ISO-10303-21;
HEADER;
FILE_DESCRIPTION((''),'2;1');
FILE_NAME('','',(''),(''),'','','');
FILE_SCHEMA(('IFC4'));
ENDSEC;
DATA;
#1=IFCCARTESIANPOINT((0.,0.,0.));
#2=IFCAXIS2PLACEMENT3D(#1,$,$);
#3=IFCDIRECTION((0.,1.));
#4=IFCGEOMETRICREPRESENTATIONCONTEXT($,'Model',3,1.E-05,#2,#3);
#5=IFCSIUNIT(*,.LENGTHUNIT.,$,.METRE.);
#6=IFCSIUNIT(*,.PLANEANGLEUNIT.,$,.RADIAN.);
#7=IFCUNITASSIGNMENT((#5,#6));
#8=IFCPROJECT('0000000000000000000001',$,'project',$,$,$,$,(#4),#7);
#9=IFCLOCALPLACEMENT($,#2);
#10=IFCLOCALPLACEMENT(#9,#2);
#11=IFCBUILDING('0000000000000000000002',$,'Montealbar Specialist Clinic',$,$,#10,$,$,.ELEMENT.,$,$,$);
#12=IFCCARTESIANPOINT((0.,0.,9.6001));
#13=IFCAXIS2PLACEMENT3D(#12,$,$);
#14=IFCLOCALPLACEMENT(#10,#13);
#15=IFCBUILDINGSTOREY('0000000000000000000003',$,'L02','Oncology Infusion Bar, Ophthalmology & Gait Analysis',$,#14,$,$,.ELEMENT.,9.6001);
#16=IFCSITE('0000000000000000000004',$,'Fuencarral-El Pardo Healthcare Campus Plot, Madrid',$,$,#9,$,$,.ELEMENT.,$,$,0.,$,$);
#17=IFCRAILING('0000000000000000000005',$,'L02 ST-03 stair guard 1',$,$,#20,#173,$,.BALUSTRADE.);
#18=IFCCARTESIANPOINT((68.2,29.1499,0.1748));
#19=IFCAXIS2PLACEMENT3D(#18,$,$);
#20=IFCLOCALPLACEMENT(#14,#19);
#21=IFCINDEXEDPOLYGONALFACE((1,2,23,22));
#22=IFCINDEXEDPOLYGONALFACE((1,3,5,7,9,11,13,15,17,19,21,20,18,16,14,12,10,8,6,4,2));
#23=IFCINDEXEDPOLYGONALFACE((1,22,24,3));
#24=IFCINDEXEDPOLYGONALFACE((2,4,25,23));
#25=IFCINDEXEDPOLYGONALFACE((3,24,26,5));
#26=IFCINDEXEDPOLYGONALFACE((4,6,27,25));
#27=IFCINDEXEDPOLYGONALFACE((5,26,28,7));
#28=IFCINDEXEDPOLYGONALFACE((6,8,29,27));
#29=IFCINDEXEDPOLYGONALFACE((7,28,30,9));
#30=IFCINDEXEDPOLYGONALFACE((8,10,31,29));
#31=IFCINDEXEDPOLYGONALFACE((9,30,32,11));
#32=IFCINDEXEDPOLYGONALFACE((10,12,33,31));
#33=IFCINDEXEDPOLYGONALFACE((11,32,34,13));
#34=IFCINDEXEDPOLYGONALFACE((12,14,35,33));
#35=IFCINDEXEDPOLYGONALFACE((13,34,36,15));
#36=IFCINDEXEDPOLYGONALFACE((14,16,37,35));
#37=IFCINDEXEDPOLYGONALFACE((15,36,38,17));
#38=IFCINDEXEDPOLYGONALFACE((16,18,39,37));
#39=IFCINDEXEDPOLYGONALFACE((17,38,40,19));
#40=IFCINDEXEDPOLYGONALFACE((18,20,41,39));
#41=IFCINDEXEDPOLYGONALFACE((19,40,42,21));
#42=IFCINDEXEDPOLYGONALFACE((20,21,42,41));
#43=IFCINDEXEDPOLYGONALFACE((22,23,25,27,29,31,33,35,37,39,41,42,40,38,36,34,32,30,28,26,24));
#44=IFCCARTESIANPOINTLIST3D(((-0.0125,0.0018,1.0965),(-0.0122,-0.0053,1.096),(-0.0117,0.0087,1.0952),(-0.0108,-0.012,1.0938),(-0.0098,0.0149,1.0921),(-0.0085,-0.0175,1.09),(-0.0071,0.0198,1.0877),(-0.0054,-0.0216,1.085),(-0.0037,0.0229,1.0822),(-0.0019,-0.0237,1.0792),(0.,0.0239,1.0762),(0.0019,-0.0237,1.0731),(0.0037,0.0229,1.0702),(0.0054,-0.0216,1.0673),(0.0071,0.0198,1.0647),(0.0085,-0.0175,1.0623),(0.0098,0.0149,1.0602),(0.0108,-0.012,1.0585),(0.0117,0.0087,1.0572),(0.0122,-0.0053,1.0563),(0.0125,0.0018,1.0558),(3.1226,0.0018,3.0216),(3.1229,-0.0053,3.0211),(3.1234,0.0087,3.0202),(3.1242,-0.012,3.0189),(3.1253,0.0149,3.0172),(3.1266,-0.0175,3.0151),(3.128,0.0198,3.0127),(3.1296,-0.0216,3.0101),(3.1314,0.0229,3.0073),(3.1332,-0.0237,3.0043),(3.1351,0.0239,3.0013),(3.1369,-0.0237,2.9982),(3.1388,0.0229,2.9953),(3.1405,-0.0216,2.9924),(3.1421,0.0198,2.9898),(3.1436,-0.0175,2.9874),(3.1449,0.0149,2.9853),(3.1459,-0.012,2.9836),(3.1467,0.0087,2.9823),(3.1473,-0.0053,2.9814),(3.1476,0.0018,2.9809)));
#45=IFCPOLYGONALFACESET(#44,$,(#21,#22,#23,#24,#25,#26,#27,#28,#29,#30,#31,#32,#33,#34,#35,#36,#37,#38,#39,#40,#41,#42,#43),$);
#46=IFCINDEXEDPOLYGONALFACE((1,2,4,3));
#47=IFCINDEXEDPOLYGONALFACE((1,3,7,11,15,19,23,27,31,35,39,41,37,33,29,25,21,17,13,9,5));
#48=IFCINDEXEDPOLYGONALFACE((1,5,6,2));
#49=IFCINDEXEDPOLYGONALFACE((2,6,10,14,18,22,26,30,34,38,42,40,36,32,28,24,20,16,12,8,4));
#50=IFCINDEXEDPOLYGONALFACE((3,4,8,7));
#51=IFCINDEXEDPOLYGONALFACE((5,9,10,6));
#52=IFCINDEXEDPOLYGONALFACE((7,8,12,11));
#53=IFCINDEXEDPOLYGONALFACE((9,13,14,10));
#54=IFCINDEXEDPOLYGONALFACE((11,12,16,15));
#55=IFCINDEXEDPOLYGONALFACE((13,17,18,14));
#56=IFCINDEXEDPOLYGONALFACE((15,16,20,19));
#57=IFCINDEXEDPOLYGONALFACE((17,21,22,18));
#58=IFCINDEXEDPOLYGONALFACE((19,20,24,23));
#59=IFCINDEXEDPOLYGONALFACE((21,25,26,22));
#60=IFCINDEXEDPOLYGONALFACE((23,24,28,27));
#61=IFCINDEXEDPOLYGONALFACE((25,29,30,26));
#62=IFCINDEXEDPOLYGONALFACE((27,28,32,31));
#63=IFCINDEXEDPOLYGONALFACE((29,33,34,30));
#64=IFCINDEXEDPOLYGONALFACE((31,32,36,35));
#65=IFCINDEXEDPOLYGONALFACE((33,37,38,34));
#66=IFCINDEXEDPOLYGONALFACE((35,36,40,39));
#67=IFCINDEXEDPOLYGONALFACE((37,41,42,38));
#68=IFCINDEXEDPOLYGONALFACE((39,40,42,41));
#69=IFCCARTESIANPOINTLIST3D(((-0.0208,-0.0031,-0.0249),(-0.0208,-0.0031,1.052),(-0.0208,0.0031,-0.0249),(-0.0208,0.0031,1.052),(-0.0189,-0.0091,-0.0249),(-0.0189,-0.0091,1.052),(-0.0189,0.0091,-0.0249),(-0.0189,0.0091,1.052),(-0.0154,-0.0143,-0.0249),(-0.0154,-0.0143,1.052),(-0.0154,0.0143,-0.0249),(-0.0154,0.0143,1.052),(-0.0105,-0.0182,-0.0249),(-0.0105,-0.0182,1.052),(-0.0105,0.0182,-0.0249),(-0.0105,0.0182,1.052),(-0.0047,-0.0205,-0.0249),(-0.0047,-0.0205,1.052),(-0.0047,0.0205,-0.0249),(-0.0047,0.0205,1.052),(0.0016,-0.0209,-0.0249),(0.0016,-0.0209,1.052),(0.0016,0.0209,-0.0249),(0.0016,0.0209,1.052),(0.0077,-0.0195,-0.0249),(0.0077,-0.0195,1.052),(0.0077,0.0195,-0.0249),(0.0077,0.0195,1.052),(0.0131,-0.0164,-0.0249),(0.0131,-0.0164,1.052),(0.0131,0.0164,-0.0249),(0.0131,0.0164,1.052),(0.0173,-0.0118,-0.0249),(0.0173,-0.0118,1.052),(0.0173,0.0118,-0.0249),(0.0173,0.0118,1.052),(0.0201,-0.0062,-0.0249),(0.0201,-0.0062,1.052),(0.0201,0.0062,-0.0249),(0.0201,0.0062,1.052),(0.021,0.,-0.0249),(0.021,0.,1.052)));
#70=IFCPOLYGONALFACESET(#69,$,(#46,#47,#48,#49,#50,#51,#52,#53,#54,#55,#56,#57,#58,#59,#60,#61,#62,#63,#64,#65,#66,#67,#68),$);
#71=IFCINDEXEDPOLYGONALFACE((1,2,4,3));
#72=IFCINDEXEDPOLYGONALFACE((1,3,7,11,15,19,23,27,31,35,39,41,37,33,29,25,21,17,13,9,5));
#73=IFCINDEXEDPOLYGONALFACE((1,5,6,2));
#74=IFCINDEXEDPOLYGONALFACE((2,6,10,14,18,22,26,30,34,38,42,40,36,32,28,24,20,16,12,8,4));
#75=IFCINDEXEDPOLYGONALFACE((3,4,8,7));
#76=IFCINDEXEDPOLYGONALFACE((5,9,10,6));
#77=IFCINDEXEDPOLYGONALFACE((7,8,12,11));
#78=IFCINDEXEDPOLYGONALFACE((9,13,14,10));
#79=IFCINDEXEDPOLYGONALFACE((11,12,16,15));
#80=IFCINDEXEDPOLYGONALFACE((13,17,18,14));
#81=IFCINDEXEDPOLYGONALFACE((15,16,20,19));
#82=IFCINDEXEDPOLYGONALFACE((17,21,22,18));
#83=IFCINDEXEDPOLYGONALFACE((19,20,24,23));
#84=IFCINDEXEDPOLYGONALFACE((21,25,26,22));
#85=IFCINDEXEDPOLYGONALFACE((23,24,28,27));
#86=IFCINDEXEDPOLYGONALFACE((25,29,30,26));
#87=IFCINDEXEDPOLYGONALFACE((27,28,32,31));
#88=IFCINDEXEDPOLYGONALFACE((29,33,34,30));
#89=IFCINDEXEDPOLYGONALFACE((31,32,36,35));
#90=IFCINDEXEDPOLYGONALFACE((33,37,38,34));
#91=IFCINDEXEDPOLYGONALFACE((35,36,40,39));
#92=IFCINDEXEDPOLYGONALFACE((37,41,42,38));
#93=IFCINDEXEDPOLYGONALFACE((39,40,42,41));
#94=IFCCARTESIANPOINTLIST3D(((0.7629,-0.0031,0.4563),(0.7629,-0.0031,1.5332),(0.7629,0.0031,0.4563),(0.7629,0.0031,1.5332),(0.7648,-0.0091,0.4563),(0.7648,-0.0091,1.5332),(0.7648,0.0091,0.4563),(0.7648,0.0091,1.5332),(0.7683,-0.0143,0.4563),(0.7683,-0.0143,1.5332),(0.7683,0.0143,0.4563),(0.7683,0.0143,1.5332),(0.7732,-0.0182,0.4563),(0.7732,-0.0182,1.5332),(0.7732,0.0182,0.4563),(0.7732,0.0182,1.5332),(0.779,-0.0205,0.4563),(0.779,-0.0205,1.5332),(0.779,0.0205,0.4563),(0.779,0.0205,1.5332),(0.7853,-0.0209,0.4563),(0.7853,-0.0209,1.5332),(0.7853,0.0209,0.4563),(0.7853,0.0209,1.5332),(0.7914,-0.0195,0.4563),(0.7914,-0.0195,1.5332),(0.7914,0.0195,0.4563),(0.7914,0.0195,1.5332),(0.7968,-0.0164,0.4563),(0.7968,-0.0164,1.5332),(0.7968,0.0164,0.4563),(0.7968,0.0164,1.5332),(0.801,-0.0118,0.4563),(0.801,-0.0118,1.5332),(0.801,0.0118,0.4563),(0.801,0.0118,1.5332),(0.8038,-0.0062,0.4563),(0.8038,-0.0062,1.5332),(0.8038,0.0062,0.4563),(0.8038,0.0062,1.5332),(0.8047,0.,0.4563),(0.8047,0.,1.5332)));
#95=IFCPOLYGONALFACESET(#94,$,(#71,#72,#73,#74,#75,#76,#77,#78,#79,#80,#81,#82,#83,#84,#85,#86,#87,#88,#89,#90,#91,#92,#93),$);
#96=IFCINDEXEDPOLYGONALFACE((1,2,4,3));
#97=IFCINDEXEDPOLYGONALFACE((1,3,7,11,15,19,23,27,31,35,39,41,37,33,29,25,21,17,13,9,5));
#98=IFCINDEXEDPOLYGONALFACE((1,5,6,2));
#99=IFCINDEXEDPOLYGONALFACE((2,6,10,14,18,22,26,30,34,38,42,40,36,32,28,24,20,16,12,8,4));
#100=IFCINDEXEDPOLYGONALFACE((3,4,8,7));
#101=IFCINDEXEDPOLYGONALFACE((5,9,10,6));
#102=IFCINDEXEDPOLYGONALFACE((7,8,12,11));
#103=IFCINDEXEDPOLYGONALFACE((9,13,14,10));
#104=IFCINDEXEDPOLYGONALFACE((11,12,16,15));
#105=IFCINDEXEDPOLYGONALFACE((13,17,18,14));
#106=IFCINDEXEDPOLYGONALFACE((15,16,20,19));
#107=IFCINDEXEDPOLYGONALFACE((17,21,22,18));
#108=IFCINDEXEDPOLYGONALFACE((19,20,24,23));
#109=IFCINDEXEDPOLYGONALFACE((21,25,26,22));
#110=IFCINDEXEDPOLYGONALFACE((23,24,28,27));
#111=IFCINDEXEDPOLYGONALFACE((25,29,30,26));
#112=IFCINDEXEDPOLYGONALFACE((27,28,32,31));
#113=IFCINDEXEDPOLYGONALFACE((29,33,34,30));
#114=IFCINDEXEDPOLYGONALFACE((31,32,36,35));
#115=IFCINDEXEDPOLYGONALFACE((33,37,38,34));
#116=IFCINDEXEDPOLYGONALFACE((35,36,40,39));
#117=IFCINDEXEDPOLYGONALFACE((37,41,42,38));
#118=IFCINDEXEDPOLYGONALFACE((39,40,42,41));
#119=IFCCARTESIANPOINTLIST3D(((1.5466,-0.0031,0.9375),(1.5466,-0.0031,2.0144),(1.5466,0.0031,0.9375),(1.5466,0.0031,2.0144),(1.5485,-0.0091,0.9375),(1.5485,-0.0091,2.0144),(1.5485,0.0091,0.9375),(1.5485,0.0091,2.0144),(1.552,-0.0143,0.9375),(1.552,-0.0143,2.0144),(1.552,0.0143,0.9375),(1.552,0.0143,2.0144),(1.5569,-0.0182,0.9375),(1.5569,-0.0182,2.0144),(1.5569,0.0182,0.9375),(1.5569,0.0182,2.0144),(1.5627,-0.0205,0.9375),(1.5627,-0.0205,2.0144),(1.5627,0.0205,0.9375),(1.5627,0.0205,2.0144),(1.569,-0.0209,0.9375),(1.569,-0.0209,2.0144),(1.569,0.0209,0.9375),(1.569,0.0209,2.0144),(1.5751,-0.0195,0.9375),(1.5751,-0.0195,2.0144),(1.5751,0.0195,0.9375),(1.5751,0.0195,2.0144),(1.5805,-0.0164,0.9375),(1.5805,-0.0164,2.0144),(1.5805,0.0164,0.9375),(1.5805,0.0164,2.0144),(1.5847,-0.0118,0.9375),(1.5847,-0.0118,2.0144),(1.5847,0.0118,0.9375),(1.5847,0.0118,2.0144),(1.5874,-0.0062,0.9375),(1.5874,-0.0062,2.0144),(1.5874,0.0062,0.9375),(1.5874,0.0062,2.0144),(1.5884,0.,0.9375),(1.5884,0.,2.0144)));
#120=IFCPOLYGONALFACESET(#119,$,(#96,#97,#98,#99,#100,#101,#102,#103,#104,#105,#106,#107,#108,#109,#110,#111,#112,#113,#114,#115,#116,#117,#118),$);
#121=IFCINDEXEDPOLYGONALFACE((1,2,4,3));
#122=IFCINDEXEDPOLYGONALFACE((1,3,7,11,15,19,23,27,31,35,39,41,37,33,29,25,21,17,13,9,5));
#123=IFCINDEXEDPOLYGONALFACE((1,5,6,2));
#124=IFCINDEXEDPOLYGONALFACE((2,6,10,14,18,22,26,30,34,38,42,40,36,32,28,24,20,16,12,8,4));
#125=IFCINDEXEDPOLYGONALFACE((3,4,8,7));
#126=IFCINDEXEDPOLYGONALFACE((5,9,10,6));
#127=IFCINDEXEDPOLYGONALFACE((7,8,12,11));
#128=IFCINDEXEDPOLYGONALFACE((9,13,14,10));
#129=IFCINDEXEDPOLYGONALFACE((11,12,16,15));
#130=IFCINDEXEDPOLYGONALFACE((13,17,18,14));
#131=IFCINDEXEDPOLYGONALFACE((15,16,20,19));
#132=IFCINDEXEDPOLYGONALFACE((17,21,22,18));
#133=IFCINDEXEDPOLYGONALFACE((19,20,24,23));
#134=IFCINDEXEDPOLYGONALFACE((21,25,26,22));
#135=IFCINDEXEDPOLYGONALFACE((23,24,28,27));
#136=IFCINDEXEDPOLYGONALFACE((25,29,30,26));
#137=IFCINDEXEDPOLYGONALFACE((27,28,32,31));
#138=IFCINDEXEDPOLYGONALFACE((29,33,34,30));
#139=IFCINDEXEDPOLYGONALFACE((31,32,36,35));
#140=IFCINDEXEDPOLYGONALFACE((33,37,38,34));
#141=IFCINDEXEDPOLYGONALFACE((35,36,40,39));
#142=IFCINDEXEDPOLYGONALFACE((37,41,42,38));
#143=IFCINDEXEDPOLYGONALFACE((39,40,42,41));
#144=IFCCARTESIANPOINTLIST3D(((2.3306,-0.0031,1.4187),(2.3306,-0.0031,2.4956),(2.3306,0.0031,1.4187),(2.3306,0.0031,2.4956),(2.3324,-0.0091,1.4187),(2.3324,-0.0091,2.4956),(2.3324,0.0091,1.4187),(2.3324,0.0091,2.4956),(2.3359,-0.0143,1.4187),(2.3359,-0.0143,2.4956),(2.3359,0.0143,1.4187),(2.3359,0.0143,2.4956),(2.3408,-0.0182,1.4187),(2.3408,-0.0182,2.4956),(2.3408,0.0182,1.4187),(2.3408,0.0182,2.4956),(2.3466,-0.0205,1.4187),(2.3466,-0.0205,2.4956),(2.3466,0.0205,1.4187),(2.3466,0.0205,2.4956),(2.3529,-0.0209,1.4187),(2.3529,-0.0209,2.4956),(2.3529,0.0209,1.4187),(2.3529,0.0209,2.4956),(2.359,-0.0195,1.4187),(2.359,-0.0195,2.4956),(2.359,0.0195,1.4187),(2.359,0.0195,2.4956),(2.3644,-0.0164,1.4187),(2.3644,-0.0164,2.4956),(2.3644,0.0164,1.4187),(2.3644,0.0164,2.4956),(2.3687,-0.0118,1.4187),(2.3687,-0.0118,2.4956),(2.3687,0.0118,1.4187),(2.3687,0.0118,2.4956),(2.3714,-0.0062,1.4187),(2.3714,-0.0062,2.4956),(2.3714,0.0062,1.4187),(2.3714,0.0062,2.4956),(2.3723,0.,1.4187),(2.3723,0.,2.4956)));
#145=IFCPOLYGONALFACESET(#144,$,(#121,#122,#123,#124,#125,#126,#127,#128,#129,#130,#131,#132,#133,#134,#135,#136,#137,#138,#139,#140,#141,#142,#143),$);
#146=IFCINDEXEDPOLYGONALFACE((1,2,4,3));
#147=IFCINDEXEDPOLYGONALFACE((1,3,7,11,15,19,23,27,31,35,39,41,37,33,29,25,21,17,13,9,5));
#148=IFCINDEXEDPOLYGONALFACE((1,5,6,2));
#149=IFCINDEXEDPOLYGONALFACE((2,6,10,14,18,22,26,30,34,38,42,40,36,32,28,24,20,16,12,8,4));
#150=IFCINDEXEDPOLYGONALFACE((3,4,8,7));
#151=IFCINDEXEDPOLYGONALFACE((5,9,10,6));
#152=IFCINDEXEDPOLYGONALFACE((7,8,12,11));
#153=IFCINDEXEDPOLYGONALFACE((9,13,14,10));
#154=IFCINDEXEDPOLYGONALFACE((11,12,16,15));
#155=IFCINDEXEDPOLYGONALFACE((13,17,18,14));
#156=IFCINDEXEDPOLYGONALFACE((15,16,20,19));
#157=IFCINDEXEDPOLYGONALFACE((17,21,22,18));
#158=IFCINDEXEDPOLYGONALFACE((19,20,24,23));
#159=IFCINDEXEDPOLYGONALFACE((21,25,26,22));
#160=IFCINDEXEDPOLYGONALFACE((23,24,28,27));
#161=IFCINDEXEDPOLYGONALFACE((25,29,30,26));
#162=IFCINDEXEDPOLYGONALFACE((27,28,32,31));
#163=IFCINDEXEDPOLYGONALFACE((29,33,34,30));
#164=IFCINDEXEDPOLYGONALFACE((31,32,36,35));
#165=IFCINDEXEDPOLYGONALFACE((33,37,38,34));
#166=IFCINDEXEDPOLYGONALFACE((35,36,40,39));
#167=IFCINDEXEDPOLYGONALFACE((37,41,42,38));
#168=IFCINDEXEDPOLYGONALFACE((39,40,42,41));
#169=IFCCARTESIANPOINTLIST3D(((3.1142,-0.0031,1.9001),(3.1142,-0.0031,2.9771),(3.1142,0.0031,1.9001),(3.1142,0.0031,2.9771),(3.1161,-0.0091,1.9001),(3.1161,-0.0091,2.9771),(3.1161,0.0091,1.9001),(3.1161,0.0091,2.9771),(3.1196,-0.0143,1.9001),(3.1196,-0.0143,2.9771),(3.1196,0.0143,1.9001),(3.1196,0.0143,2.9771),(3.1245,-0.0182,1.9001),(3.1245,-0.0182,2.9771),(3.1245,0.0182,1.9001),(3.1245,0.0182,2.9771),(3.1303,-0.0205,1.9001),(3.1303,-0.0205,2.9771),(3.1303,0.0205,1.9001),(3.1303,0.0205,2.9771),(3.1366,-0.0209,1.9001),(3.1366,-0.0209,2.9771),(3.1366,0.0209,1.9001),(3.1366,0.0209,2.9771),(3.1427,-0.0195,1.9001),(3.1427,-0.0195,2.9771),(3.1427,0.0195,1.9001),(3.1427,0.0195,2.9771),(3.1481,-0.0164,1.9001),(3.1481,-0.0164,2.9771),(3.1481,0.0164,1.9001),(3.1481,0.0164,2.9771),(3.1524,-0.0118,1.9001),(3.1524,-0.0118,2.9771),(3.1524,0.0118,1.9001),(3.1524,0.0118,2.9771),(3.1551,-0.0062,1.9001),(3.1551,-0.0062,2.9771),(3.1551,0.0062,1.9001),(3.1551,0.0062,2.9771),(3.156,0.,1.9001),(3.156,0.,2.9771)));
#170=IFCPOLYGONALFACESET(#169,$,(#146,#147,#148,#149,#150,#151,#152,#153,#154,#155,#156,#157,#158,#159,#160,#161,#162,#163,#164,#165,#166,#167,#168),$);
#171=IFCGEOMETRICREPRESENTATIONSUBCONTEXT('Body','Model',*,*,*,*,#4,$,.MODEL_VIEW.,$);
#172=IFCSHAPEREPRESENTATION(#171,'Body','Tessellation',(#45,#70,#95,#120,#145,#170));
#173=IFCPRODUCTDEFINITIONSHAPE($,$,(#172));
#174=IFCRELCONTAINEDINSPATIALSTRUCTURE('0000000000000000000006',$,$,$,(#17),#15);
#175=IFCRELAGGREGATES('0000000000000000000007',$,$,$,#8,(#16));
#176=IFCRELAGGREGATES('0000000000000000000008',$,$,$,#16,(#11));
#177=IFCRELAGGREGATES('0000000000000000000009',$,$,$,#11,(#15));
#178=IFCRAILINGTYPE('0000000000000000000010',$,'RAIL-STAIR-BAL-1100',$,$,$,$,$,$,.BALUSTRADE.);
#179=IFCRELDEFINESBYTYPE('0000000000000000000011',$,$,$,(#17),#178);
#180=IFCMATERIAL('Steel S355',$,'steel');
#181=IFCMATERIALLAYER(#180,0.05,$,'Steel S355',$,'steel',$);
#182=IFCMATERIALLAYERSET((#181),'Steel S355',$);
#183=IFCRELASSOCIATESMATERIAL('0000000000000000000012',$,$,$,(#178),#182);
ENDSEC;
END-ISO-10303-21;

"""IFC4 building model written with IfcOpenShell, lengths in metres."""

from ifc_helpers import new_model, si_unit, direction, frame, origin, origin_2d, place, context, subcontext, project, spatial, circle, extrude, material, layer, layer_set, type_object, element, save


model = new_model("IFC4")

# Units and contexts
model_context = context("Model", 3, precision=1e-05, world=origin(), true_north=direction((0.0, 1.0)))
body_context = subcontext(model_context, "Body", "Model", "MODEL_VIEW")
ifc_project = project(units=[si_unit("LENGTHUNIT", "METRE"), si_unit("PLANEANGLEUNIT", "RADIAN")], contexts=[model_context])

# Site, building, storey
site_placement = place(None, origin())
site = spatial("IfcSite", under=ifc_project, at=site_placement, Name="Fuencarral-El Pardo Healthcare Campus Plot, Madrid", CompositionType="ELEMENT", RefElevation=0.0)
building_placement = place(site_placement, origin())
building = spatial("IfcBuilding", under=site, at=building_placement, Name="Montealbar Specialist Clinic", CompositionType="ELEMENT")
storey_placement = place(building_placement, frame((0.0, 0.0, 9.6001)))
storey = spatial("IfcBuildingStorey", under=building, at=storey_placement, Name="L02", Description="Oncology Infusion Bar, Ophthalmology & Gait Analysis", CompositionType="ELEMENT", Elevation=9.6001)

# Shared definitions
ifc_material_1 = material(Name="Steel S355", Category="steel")

# Railing
ifc_layer_1 = layer(ifc_material_1, 0.05, Name="Steel S355", Category="steel")
ifc_layer_set_1 = layer_set([ifc_layer_1], Name="Steel S355")
railing_type_1 = type_object("IfcRailingType", Name="RAIL-STAIR-BAL-1100", PredefinedType="BALUSTRADE", material=ifc_layer_set_1)
railing_1_placement = place(storey_placement, frame((68.2, 29.1499, 0.1748)))
element("IfcRailing", 1, at=railing_1_placement, inside=storey, type_object=railing_type_1, Name="L02 ST-03 stair guard 1", PredefinedType="BALUSTRADE", context=body_context, shape_type="SweptSolid", body=[
    extrude(circle(Radius=0.0239, at=origin_2d()), frame((0.0, 0.0, 1.0762), z_axis=(0.852166, 0.0, 0.523271), x_axis=(0.0, 1.0, 0.0)), (0.0, 0.0, 1.0), 3.679),
    extrude(circle(Radius=0.021, at=origin_2d()), frame((0.0, 0.0, -0.0249)), (0.0, 0.0, 1.0), 1.0769),
    extrude(circle(Radius=0.021, at=origin_2d()), frame((0.7837, 0.0, 0.4563)), (0.0, 0.0, 1.0), 1.0769),
    extrude(circle(Radius=0.021, at=origin_2d()), frame((1.5674, 0.0, 0.9375)), (0.0, 0.0, 1.0), 1.0769),
    extrude(circle(Radius=0.021, at=origin_2d()), frame((2.3513, 0.0, 1.4187)), (0.0, 0.0, 1.0), 1.0769),
    extrude(circle(Radius=0.021, at=origin_2d()), frame((3.135, 0.0, 1.9001)), (0.0, 0.0, 1.0), 1.0769),
])

save(model, "model.ifc")
